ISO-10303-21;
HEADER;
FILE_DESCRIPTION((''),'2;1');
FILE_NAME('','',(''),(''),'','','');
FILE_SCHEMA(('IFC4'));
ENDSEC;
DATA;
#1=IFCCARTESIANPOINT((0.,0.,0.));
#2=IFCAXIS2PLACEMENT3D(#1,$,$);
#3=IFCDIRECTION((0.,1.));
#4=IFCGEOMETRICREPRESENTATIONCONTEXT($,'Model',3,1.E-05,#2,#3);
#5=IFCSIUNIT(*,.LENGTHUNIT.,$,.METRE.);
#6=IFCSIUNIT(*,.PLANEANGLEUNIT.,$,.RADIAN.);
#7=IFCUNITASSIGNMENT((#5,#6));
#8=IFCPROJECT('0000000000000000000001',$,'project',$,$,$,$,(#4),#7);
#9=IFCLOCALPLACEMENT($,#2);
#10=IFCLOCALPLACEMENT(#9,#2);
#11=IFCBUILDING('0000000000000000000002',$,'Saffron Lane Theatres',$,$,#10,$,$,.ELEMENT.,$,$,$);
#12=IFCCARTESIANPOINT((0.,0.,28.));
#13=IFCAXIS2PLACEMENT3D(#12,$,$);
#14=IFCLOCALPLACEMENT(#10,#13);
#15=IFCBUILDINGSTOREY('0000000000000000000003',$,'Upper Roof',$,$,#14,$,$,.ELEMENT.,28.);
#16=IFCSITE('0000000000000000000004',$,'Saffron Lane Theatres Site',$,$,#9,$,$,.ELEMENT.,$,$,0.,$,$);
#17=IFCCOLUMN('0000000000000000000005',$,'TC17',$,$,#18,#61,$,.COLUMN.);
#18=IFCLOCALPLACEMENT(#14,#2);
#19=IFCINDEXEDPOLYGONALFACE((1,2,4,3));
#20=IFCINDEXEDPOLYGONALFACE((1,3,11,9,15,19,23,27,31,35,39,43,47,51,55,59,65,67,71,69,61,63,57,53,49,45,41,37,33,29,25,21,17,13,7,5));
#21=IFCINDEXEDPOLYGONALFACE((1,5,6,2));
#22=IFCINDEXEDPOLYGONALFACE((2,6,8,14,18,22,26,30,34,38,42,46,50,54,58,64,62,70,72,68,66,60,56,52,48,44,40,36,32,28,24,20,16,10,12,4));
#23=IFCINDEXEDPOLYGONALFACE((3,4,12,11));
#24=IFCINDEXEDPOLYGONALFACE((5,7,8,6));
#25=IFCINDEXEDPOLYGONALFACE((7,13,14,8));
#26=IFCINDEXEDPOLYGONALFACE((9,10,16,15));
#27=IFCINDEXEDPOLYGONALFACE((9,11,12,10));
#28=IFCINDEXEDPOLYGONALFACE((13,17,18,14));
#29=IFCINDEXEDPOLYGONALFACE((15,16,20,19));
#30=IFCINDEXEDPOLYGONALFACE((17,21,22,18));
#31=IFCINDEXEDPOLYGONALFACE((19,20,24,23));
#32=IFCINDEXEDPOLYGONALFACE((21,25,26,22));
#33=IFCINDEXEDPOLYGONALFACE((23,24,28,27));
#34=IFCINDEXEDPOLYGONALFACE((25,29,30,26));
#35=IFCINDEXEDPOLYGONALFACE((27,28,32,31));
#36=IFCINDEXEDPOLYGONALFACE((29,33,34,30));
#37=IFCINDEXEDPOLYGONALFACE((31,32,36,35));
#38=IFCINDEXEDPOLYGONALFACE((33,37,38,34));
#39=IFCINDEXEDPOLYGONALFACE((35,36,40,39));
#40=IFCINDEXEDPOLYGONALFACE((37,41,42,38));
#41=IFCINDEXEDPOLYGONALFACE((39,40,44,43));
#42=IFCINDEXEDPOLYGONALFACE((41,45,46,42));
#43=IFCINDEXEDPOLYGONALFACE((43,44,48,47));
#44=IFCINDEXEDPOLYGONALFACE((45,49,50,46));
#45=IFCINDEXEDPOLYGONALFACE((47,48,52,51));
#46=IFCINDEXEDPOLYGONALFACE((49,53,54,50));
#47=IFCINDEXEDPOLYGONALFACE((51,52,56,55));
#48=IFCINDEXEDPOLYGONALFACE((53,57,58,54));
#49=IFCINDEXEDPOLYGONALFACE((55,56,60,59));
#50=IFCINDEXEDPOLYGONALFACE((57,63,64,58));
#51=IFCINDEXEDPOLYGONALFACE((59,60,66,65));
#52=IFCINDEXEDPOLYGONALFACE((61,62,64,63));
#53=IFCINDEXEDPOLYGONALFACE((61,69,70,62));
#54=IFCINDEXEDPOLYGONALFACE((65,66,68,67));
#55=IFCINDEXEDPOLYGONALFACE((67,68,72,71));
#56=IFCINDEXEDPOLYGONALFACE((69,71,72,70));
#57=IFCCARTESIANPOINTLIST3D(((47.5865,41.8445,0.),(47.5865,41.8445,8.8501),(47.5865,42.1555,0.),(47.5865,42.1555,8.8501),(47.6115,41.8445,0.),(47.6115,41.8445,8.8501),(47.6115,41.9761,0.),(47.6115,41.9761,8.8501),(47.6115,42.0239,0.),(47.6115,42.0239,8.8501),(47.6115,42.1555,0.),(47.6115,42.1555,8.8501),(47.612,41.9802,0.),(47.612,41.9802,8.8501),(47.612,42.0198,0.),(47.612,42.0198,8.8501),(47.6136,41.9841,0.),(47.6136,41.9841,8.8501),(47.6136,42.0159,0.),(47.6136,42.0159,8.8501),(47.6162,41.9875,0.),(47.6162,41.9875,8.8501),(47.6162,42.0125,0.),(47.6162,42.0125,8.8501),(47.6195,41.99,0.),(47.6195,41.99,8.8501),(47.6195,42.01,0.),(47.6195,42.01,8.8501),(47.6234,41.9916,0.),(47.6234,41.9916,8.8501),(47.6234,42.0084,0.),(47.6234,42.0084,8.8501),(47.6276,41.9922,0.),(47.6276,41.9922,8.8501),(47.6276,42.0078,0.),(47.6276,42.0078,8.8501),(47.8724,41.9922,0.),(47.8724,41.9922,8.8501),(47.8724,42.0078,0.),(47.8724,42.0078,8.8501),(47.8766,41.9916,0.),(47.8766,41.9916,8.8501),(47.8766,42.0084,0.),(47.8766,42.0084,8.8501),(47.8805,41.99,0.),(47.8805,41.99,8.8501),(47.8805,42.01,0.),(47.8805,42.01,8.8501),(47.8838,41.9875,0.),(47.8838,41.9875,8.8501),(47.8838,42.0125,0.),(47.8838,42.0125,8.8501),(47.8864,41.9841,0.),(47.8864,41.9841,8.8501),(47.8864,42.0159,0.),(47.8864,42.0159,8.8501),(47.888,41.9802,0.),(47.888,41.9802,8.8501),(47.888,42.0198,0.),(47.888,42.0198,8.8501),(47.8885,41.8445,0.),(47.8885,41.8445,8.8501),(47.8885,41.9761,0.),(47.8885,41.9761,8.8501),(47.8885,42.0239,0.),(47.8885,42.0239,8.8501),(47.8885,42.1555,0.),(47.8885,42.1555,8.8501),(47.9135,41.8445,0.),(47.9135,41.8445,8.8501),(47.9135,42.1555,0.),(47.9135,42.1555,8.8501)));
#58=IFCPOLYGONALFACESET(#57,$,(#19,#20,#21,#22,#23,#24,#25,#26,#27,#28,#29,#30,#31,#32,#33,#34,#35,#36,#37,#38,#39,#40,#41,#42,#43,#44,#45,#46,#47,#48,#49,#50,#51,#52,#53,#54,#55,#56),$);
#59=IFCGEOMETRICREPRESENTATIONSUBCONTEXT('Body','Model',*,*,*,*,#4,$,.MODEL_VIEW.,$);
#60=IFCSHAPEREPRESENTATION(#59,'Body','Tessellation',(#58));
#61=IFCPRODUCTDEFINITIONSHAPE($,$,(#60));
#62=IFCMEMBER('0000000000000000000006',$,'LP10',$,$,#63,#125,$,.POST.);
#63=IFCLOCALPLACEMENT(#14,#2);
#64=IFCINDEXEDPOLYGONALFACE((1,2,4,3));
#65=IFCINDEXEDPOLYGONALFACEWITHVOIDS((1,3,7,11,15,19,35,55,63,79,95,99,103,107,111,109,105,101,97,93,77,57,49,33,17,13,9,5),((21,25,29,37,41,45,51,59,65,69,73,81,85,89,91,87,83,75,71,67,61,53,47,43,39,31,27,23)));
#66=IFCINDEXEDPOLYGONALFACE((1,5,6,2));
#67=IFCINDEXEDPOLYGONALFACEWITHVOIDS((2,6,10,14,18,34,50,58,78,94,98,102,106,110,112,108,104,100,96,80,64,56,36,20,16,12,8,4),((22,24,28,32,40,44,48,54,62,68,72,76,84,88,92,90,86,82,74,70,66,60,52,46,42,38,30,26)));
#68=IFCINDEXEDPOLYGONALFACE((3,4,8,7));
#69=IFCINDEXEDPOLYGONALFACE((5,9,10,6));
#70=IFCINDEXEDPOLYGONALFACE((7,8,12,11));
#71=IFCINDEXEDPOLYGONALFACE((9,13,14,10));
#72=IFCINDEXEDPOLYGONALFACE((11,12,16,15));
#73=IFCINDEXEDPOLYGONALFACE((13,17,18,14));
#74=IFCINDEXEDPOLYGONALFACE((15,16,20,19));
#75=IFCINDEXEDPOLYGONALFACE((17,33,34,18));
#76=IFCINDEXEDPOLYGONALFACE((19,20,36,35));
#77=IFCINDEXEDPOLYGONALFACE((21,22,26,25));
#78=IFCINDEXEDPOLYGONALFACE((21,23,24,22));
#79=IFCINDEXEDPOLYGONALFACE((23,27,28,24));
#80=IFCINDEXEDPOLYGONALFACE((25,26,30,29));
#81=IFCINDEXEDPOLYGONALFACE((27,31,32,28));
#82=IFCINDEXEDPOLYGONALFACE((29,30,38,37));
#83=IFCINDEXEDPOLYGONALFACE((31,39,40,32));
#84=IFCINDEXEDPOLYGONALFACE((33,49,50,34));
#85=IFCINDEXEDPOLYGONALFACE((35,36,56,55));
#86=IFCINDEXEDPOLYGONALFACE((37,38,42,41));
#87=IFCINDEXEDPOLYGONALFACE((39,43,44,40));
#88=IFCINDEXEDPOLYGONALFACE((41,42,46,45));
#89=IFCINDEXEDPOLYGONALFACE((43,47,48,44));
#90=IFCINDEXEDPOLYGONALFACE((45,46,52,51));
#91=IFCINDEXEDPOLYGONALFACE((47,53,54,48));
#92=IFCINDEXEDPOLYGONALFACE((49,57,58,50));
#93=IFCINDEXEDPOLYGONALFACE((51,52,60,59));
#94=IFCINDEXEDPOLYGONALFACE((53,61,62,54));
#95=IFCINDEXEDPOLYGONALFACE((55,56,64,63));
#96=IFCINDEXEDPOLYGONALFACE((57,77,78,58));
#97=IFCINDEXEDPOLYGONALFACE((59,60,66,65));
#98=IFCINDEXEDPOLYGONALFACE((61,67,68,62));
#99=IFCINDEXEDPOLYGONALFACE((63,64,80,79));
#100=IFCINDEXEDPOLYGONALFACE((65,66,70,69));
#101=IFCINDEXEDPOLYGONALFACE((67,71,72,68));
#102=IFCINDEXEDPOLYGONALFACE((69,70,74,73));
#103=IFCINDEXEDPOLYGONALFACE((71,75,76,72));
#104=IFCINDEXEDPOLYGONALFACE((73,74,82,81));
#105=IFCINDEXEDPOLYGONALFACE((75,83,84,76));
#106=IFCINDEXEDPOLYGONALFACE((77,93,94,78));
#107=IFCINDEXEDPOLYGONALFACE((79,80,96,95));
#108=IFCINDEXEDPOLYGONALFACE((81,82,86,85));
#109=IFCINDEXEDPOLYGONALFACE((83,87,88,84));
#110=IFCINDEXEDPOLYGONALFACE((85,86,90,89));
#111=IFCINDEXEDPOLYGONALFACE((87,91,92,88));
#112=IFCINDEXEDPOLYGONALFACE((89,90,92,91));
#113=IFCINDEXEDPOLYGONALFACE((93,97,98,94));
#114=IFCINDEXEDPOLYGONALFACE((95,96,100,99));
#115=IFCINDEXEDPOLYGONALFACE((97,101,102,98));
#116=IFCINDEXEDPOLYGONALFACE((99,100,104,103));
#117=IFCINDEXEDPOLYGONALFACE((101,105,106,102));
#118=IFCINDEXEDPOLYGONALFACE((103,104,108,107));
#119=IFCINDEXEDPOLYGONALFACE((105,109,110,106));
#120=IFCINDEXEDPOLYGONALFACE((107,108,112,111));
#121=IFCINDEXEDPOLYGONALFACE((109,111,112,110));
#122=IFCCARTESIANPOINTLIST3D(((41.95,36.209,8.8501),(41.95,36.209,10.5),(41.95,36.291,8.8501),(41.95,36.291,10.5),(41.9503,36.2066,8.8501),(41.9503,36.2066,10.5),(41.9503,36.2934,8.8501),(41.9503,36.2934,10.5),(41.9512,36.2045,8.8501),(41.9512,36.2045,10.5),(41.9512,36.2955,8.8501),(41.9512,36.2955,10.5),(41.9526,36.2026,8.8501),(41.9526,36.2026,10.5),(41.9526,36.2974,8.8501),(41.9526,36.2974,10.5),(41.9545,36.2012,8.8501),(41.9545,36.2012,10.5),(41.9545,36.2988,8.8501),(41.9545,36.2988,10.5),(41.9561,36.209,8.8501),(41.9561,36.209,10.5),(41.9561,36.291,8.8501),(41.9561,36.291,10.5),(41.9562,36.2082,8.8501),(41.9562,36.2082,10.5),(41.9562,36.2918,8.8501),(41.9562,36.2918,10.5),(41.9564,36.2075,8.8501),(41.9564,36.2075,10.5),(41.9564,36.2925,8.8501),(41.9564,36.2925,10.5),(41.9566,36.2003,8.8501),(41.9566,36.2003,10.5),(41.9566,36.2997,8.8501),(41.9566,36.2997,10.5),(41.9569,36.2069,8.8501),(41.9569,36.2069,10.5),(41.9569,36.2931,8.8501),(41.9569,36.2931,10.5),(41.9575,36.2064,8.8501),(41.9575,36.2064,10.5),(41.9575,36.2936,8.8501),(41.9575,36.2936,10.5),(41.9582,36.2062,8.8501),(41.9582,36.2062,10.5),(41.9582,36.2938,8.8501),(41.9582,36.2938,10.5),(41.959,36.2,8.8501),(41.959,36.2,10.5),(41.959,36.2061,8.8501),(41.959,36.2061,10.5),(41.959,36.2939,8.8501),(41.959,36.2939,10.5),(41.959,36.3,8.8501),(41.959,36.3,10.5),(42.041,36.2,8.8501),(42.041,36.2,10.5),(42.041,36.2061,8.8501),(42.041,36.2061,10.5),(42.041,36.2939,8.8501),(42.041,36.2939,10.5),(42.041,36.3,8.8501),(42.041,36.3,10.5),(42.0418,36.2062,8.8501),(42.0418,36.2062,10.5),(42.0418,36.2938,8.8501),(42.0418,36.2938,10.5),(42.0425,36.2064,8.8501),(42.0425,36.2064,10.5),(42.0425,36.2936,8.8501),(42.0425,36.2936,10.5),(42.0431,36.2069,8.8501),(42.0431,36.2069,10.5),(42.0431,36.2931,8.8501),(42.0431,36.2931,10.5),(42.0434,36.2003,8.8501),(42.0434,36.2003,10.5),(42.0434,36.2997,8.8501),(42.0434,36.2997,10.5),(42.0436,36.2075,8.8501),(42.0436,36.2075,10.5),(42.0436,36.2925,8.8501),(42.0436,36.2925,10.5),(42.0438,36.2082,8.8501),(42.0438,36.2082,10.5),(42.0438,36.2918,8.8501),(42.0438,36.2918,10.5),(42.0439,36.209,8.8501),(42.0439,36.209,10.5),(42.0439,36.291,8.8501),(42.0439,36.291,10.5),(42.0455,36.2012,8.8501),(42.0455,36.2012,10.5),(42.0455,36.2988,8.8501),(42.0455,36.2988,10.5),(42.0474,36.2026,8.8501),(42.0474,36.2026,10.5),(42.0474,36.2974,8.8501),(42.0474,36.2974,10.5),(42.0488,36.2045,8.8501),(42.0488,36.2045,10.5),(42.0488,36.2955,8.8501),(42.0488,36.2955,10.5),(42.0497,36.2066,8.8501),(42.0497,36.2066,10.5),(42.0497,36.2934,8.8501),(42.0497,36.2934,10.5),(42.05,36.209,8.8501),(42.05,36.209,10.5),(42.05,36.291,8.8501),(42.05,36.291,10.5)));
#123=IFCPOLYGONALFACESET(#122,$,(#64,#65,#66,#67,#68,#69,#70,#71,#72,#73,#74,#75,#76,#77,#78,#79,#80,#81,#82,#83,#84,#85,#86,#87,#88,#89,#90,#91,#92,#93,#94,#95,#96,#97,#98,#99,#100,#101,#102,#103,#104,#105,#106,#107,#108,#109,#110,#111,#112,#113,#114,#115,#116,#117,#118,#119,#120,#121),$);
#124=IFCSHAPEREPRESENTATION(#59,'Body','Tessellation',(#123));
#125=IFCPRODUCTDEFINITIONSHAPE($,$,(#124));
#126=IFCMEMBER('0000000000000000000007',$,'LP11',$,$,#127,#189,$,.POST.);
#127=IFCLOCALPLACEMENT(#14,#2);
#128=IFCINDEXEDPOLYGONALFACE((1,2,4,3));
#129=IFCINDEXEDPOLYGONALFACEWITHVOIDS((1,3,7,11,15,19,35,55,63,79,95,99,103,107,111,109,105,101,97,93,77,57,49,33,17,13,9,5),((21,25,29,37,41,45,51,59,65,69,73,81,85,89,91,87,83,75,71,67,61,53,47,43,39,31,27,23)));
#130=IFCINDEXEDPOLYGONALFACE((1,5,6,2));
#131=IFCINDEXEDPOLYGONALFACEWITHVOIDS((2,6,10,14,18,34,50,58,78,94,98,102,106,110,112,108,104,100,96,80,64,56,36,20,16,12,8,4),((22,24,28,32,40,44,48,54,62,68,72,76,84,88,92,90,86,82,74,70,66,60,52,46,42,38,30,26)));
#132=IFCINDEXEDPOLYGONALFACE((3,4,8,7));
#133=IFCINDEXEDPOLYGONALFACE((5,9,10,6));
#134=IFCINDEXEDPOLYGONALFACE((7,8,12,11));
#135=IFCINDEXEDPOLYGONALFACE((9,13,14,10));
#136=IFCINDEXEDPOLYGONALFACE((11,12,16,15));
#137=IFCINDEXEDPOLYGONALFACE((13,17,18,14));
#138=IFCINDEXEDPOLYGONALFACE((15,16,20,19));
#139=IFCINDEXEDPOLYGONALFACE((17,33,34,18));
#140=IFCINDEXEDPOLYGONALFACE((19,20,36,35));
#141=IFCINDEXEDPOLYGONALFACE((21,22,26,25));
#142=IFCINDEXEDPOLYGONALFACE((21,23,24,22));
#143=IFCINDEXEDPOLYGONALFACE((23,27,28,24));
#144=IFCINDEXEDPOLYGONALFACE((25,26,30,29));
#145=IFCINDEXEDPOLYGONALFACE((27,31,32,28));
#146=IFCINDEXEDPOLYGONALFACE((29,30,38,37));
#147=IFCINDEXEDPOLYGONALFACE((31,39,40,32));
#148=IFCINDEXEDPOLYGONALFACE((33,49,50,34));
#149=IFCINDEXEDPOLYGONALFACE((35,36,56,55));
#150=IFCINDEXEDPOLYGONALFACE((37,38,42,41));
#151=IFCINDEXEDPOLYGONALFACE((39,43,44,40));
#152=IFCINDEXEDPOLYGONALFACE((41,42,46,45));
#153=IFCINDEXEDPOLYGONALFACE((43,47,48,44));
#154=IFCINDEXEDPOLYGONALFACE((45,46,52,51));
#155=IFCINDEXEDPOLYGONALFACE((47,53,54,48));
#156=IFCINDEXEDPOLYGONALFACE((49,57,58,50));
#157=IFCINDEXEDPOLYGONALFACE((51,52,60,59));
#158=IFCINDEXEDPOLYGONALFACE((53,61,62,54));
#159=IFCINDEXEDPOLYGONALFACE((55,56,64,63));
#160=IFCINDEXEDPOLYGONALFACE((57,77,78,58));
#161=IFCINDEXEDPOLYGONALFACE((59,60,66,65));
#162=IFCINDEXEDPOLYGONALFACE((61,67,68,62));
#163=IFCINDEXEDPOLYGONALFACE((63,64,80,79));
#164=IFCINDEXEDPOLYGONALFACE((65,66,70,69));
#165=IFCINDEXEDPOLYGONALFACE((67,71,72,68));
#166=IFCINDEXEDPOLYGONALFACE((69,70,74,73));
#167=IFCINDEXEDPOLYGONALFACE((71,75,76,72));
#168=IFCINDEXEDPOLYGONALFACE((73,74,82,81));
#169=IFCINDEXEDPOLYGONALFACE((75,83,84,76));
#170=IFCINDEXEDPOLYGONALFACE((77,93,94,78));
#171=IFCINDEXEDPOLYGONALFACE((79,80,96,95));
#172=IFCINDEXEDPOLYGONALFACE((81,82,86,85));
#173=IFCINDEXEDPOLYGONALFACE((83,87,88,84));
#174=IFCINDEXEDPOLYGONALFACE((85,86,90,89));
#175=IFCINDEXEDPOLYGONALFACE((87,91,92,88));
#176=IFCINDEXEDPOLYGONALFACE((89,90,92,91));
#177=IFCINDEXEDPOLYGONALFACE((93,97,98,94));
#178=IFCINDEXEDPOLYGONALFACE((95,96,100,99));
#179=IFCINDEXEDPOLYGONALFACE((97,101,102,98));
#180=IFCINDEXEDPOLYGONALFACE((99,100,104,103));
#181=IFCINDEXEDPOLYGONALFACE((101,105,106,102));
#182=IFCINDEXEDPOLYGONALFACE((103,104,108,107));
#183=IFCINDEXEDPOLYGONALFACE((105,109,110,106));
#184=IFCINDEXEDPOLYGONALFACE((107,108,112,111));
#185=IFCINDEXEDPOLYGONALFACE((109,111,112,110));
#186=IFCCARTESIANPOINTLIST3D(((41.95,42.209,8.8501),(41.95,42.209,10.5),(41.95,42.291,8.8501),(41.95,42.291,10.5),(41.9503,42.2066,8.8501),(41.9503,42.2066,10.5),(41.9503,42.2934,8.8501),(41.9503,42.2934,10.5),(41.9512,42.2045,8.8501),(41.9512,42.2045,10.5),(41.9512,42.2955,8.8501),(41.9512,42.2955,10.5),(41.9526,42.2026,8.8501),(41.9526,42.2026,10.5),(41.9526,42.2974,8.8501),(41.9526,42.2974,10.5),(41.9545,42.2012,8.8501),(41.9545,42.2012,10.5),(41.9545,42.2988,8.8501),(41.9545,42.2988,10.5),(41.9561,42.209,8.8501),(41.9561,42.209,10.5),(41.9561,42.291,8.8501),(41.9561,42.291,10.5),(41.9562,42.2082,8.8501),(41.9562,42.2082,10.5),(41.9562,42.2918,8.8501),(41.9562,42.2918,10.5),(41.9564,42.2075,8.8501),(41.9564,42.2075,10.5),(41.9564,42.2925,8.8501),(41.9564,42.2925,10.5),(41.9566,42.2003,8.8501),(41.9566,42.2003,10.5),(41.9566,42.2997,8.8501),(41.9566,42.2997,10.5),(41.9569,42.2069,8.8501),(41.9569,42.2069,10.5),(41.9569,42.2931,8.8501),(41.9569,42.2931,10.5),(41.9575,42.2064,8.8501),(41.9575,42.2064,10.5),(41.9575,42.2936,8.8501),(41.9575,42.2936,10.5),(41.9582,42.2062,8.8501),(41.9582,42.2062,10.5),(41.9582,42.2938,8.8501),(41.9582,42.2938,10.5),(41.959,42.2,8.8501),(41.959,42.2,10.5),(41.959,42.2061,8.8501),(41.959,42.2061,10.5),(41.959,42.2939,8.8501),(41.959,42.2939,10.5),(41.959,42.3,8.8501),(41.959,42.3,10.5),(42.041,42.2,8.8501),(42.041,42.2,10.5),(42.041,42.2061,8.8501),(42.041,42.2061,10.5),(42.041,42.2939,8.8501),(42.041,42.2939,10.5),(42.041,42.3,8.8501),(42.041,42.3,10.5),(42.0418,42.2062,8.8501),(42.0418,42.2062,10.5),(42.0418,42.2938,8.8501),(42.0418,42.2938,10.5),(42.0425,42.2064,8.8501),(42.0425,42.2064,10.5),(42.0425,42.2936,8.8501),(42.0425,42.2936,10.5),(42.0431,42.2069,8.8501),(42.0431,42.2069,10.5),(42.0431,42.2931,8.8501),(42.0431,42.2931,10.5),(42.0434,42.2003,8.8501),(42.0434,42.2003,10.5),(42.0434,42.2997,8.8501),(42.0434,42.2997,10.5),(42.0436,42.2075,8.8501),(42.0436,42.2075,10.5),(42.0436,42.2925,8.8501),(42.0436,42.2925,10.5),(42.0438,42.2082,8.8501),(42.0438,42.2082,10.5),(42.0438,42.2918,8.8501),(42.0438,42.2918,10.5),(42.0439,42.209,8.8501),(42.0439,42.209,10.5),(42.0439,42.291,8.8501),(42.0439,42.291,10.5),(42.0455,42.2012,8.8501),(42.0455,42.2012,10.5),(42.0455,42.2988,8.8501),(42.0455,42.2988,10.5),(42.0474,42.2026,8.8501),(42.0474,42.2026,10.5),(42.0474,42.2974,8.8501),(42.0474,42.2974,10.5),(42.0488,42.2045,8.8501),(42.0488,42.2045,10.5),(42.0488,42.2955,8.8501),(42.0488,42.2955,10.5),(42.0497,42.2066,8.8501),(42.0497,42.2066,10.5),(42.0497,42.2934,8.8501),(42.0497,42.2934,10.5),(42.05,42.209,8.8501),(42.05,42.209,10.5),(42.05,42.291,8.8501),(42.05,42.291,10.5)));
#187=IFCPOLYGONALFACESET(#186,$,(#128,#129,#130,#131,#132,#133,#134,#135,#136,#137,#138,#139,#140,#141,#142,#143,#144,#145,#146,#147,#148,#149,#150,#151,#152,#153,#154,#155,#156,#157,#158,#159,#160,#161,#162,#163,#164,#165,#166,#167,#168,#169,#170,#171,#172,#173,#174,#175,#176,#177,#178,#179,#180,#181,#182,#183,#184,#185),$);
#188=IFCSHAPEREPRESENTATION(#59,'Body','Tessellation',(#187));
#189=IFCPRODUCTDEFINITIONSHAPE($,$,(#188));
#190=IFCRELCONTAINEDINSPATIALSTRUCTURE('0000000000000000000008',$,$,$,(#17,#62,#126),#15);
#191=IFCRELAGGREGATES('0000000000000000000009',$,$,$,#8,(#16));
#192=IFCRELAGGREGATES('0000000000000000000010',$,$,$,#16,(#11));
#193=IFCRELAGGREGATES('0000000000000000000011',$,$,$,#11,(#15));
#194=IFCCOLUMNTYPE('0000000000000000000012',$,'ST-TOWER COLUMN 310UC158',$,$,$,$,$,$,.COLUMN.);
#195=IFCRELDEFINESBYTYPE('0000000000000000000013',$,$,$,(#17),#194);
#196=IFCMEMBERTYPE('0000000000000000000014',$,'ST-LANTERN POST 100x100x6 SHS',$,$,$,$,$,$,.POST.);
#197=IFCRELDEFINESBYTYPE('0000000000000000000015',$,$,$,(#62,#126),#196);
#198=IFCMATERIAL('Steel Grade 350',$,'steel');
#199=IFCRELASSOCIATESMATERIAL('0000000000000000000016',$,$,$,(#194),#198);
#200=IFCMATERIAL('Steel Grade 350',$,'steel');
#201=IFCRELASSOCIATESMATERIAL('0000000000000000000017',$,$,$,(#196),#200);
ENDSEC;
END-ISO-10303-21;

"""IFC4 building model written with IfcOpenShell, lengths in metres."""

from ifc_helpers import new_model, si_unit, direction, frame, origin, origin_2d, place, context, subcontext, project, spatial, hollow_rectangle, i_section, extrude, material, material_profile, profile_set, type_object, element, save


model = new_model("IFC4")

# Units and contexts
model_context = context("Model", 3, precision=1e-05, world=origin(), true_north=direction((0.0, 1.0)))
body_context = subcontext(model_context, "Body", "Model", "MODEL_VIEW")
ifc_project = project(units=[si_unit("LENGTHUNIT", "METRE"), si_unit("PLANEANGLEUNIT", "RADIAN")], contexts=[model_context])

# Site, building, storey
site_placement = place(None, origin())
site = spatial("IfcSite", under=ifc_project, at=site_placement, Name="Saffron Lane Theatres Site", CompositionType="ELEMENT", RefElevation=0.0)
building_placement = place(site_placement, origin())
building = spatial("IfcBuilding", under=site, at=building_placement, Name="Saffron Lane Theatres", CompositionType="ELEMENT")
storey_placement = place(building_placement, frame((0.0, 0.0, 28.0)))
storey = spatial("IfcBuildingStorey", under=building, at=storey_placement, Name="Upper Roof", CompositionType="ELEMENT", Elevation=28.0)

# Column
ifc_material_1 = material(Name="Steel Grade 350", Category="steel")
ifc_material_profile_1 = material_profile(ifc_material_1, i_section(OverallWidth=0.311, OverallDepth=0.3269, WebThickness=0.0156, FlangeThickness=0.0249, FilletRadius=0.0161, at=origin_2d()))
ifc_profile_set_1 = profile_set([ifc_material_profile_1], Name="Steel Grade 350")
column_type = type_object("IfcColumnType", Name="ST-TOWER COLUMN 310UC158", PredefinedType="COLUMN", material=ifc_profile_set_1)
column_placement = place(storey_placement, frame((47.75, 42.0, 0.0), z_axis=(0.0, 0.0, 1.0), x_axis=(0.0, 1.0, 0.0)))
element("IfcColumn", 1, at=column_placement, inside=storey, type_object=column_type, Name="TC17", PredefinedType="COLUMN", context=body_context, shape_type="SweptSolid", body=[
    extrude(i_section(OverallWidth=0.311, OverallDepth=0.3269, WebThickness=0.0156, FlangeThickness=0.0249, FilletRadius=0.0161, at=origin_2d()), origin(), (0.0, 0.0, 1.0), 8.8501),
])

# Members
ifc_material_2 = material(Name="Steel Grade 350", Category="steel")
ifc_material_profile_2 = material_profile(ifc_material_2, hollow_rectangle(XDim=0.1001, YDim=0.1001, WallThickness=0.0061, InnerFilletRadius=0.0029, OuterFilletRadius=0.009, at=origin_2d()))
ifc_profile_set_2 = profile_set([ifc_material_profile_2], Name="Steel Grade 350")
member_type_1 = type_object("IfcMemberType", Name="ST-LANTERN POST 100x100x6 SHS", PredefinedType="POST", material=ifc_profile_set_2)
for number, where, z_axis, x_axis, name in (
    (2, (42.0, 36.25, 8.8501), (0.0, 0.0, 1.0), (1.0, 0.0, 0.0), "LP10"),
    (3, (42.0, 42.25, 8.8501), (0.0, 0.0, 1.0), (1.0, 0.0, 0.0), "LP11"),
):
    element("IfcMember", number, at=place(storey_placement, frame(where, z_axis=z_axis, x_axis=x_axis)), inside=storey, type_object=member_type_1, Name=name, PredefinedType="POST", context=body_context, shape_type="SweptSolid", body=[
        extrude(hollow_rectangle(XDim=0.1001, YDim=0.1001, WallThickness=0.0061, InnerFilletRadius=0.0029, OuterFilletRadius=0.009, at=origin_2d()), origin(), (0.0, 0.0, 1.0), 1.6499),
    ])

save(model, "model.ifc")
